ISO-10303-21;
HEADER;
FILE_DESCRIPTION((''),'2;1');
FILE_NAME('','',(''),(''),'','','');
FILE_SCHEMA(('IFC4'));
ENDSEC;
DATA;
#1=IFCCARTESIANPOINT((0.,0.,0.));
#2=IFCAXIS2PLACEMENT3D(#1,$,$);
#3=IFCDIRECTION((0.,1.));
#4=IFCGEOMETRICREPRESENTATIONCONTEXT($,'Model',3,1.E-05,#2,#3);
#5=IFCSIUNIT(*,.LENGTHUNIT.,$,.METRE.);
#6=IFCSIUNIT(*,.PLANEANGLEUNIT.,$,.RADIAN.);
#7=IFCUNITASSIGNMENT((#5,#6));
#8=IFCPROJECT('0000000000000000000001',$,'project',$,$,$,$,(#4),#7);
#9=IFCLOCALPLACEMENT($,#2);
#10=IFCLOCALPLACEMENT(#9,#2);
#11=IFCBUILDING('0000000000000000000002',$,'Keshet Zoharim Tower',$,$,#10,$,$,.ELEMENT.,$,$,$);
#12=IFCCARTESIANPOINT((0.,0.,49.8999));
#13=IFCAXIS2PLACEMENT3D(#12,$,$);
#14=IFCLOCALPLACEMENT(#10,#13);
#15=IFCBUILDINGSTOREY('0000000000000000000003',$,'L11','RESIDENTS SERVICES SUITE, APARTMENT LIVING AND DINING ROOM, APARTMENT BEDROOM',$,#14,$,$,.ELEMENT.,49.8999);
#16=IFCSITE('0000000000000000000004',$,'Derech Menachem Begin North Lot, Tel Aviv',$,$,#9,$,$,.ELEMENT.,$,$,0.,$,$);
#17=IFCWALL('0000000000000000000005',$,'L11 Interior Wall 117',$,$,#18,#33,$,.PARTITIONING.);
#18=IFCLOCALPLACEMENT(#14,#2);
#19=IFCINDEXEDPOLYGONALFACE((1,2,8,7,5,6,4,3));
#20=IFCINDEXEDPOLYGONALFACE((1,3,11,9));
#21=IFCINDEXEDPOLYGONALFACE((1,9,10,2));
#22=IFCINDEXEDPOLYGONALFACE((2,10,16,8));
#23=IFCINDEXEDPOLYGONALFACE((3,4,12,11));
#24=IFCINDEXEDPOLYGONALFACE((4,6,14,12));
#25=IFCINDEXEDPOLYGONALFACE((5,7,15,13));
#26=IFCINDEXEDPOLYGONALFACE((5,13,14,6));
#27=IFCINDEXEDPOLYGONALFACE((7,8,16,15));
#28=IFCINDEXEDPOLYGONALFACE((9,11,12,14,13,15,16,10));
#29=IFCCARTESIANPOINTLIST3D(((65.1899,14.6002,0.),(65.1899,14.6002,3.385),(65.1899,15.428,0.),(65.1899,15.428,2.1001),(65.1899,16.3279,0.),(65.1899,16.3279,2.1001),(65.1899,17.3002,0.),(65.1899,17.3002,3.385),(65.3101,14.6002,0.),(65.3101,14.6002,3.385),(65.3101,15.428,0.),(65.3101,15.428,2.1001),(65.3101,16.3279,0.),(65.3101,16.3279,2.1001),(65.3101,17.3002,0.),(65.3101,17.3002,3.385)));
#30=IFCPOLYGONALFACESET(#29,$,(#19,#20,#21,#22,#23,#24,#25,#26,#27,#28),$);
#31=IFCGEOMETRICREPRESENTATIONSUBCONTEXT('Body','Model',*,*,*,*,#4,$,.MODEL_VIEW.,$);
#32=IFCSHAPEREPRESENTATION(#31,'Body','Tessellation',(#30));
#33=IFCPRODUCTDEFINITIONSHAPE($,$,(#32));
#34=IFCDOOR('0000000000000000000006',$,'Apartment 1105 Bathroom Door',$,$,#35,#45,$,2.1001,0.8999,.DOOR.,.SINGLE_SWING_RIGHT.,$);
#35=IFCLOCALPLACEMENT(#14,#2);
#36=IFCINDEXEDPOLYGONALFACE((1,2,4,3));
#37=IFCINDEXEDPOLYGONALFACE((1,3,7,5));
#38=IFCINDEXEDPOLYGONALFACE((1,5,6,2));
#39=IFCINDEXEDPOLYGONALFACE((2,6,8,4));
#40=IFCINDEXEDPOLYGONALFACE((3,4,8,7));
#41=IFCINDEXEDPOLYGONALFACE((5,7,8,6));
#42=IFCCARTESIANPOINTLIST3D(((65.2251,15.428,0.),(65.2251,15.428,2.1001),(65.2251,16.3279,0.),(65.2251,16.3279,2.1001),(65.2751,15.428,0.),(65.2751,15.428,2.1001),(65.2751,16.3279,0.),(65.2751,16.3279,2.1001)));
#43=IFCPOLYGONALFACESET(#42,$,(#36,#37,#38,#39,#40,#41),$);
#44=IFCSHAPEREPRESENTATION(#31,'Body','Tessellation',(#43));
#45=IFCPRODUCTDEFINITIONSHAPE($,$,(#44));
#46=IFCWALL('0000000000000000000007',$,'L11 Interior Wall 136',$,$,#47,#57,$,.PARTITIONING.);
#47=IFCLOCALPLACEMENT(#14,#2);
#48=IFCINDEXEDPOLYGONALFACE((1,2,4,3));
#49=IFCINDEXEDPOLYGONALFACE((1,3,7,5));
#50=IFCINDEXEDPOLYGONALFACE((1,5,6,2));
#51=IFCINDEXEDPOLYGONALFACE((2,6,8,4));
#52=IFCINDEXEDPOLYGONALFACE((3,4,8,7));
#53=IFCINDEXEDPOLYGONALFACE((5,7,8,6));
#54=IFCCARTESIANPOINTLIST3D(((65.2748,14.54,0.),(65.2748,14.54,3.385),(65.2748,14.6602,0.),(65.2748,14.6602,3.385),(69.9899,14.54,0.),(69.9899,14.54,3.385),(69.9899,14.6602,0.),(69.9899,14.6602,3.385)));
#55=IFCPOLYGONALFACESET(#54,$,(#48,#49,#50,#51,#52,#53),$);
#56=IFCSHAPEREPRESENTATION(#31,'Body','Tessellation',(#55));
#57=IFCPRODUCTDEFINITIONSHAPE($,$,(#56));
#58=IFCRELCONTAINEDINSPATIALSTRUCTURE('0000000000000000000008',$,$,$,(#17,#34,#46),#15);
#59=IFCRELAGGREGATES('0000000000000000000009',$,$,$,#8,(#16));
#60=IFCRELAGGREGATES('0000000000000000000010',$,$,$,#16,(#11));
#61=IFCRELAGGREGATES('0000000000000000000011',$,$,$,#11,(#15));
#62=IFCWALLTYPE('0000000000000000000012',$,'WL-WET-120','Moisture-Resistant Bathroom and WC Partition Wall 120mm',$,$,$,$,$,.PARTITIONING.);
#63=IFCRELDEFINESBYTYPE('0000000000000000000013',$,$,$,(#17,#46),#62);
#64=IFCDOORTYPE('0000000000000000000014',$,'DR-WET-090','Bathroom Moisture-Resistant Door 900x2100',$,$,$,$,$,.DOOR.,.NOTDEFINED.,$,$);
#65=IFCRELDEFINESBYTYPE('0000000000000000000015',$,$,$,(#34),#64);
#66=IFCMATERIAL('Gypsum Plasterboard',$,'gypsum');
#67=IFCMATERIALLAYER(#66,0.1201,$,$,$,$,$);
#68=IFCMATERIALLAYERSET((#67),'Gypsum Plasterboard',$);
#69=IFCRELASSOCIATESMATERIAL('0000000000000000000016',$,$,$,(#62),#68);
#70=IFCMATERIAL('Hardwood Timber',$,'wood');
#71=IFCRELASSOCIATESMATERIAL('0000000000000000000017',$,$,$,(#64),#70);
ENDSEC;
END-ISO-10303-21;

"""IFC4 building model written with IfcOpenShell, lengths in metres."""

from ifc_helpers import new_model, si_unit, direction, frame, frame_2d, origin, place, context, subcontext, project, spatial, rectangle, extrude, material, layer, layer_set, type_object, element, fill, save


model = new_model("IFC4")

# Units and contexts
model_context = context("Model", 3, precision=1e-05, world=origin(), true_north=direction((0.0, 1.0)))
body_context = subcontext(model_context, "Body", "Model", "MODEL_VIEW")
ifc_project = project(units=[si_unit("LENGTHUNIT", "METRE"), si_unit("PLANEANGLEUNIT", "RADIAN")], contexts=[model_context])

# Site, building, storey
site_placement = place(None, origin())
site = spatial("IfcSite", under=ifc_project, at=site_placement, Name="Derech Menachem Begin North Lot, Tel Aviv", CompositionType="ELEMENT", RefElevation=0.0)
building_placement = place(site_placement, origin())
building = spatial("IfcBuilding", under=site, at=building_placement, Name="Keshet Zoharim Tower", CompositionType="ELEMENT")
storey_placement = place(building_placement, frame((0.0, 0.0, 49.8999)))
storey = spatial("IfcBuildingStorey", under=building, at=storey_placement, Name="L11", Description="RESIDENTS SERVICES SUITE, APARTMENT LIVING AND DINING ROOM, APARTMENT BEDROOM", CompositionType="ELEMENT", Elevation=49.8999)

# Shared definitions
ifc_material_1 = material(Name="Gypsum Plasterboard", Category="gypsum")

# Shared definitions
ifc_material_2 = material(Name="Hardwood Timber", Category="wood")

# Shared definitions
ifc_layer_1 = layer(ifc_material_1, 0.1201)
ifc_layer_set_1 = layer_set([ifc_layer_1], Name="Gypsum Plasterboard")
wall_type_1 = type_object("IfcWallType", Name="WL-WET-120", Description="Moisture-Resistant Bathroom and WC Partition Wall 120mm", PredefinedType="PARTITIONING", material=ifc_layer_set_1)

# Wall, opening, door
wall_1_placement = place(storey_placement, frame((65.25, 14.6001, 0.0), z_axis=(0.0, 0.0, 1.0), x_axis=(0.0, 1.0, 0.0)))
wall_1 = element("IfcWall", 1, at=wall_1_placement, inside=storey, type_object=wall_type_1, Name="L11 Interior Wall 117", PredefinedType="PARTITIONING", context=body_context, shape_type="SweptSolid", body=[
    extrude(rectangle(XDim=2.7, YDim=0.1201, at=frame_2d((1.3501, 0.0))), origin(), (0.0, 0.0, 1.0), 3.385),
])
opening_1_placement = place(wall_1_placement, frame((0.8279, 0.0, 0.0)))
opening_1 = element("IfcOpeningElement", 2, at=opening_1_placement, cuts=wall_1, PredefinedType="OPENING", context=body_context, shape_type="SweptSolid", body=[
    extrude(rectangle(XDim=0.8999, YDim=2.1001, at=frame_2d((0.45, 1.05))), frame((0.0, 0.0701, 0.0), z_axis=(0.0, -1.0, 0.0), x_axis=(1.0, 0.0, 0.0)), (0.0, 0.0, 1.0), 0.1401),
])
door_type_1 = type_object("IfcDoorType", Name="DR-WET-090", Description="Bathroom Moisture-Resistant Door 900x2100", OperationType="NOTDEFINED", PredefinedType="DOOR", material=ifc_material_2)
door_1_placement = place(opening_1_placement, origin())
door_1 = element("IfcDoor", 3, at=door_1_placement, inside=storey, type_object=door_type_1, Name="Apartment 1105 Bathroom Door", OperationType="SINGLE_SWING_RIGHT", OverallHeight=2.1001, OverallWidth=0.8999, PredefinedType="DOOR", context=body_context, shape_type="SweptSolid", body=[
    extrude(rectangle(XDim=0.8999, YDim=2.1001, at=frame_2d((0.45, 1.05))), frame((0.0, 0.0249, 0.0), z_axis=(0.0, -1.0, 0.0), x_axis=(1.0, 0.0, 0.0)), (0.0, 0.0, 1.0), 0.05),
])
fill(opening_1, door_1)

# Wall
wall_2_placement = place(storey_placement, frame((65.2749, 14.6001, 0.0), z_axis=(0.0, 0.0, 1.0), x_axis=(1.0, 0.0, 0.0)))
element("IfcWall", 4, at=wall_2_placement, inside=storey, type_object=wall_type_1, Name="L11 Interior Wall 136", PredefinedType="PARTITIONING", context=body_context, shape_type="SweptSolid", body=[
    extrude(rectangle(XDim=4.7151, YDim=0.1201, at=frame_2d((2.3574, 0.0))), origin(), (0.0, 0.0, 1.0), 3.385),
])

save(model, "model.ifc")
